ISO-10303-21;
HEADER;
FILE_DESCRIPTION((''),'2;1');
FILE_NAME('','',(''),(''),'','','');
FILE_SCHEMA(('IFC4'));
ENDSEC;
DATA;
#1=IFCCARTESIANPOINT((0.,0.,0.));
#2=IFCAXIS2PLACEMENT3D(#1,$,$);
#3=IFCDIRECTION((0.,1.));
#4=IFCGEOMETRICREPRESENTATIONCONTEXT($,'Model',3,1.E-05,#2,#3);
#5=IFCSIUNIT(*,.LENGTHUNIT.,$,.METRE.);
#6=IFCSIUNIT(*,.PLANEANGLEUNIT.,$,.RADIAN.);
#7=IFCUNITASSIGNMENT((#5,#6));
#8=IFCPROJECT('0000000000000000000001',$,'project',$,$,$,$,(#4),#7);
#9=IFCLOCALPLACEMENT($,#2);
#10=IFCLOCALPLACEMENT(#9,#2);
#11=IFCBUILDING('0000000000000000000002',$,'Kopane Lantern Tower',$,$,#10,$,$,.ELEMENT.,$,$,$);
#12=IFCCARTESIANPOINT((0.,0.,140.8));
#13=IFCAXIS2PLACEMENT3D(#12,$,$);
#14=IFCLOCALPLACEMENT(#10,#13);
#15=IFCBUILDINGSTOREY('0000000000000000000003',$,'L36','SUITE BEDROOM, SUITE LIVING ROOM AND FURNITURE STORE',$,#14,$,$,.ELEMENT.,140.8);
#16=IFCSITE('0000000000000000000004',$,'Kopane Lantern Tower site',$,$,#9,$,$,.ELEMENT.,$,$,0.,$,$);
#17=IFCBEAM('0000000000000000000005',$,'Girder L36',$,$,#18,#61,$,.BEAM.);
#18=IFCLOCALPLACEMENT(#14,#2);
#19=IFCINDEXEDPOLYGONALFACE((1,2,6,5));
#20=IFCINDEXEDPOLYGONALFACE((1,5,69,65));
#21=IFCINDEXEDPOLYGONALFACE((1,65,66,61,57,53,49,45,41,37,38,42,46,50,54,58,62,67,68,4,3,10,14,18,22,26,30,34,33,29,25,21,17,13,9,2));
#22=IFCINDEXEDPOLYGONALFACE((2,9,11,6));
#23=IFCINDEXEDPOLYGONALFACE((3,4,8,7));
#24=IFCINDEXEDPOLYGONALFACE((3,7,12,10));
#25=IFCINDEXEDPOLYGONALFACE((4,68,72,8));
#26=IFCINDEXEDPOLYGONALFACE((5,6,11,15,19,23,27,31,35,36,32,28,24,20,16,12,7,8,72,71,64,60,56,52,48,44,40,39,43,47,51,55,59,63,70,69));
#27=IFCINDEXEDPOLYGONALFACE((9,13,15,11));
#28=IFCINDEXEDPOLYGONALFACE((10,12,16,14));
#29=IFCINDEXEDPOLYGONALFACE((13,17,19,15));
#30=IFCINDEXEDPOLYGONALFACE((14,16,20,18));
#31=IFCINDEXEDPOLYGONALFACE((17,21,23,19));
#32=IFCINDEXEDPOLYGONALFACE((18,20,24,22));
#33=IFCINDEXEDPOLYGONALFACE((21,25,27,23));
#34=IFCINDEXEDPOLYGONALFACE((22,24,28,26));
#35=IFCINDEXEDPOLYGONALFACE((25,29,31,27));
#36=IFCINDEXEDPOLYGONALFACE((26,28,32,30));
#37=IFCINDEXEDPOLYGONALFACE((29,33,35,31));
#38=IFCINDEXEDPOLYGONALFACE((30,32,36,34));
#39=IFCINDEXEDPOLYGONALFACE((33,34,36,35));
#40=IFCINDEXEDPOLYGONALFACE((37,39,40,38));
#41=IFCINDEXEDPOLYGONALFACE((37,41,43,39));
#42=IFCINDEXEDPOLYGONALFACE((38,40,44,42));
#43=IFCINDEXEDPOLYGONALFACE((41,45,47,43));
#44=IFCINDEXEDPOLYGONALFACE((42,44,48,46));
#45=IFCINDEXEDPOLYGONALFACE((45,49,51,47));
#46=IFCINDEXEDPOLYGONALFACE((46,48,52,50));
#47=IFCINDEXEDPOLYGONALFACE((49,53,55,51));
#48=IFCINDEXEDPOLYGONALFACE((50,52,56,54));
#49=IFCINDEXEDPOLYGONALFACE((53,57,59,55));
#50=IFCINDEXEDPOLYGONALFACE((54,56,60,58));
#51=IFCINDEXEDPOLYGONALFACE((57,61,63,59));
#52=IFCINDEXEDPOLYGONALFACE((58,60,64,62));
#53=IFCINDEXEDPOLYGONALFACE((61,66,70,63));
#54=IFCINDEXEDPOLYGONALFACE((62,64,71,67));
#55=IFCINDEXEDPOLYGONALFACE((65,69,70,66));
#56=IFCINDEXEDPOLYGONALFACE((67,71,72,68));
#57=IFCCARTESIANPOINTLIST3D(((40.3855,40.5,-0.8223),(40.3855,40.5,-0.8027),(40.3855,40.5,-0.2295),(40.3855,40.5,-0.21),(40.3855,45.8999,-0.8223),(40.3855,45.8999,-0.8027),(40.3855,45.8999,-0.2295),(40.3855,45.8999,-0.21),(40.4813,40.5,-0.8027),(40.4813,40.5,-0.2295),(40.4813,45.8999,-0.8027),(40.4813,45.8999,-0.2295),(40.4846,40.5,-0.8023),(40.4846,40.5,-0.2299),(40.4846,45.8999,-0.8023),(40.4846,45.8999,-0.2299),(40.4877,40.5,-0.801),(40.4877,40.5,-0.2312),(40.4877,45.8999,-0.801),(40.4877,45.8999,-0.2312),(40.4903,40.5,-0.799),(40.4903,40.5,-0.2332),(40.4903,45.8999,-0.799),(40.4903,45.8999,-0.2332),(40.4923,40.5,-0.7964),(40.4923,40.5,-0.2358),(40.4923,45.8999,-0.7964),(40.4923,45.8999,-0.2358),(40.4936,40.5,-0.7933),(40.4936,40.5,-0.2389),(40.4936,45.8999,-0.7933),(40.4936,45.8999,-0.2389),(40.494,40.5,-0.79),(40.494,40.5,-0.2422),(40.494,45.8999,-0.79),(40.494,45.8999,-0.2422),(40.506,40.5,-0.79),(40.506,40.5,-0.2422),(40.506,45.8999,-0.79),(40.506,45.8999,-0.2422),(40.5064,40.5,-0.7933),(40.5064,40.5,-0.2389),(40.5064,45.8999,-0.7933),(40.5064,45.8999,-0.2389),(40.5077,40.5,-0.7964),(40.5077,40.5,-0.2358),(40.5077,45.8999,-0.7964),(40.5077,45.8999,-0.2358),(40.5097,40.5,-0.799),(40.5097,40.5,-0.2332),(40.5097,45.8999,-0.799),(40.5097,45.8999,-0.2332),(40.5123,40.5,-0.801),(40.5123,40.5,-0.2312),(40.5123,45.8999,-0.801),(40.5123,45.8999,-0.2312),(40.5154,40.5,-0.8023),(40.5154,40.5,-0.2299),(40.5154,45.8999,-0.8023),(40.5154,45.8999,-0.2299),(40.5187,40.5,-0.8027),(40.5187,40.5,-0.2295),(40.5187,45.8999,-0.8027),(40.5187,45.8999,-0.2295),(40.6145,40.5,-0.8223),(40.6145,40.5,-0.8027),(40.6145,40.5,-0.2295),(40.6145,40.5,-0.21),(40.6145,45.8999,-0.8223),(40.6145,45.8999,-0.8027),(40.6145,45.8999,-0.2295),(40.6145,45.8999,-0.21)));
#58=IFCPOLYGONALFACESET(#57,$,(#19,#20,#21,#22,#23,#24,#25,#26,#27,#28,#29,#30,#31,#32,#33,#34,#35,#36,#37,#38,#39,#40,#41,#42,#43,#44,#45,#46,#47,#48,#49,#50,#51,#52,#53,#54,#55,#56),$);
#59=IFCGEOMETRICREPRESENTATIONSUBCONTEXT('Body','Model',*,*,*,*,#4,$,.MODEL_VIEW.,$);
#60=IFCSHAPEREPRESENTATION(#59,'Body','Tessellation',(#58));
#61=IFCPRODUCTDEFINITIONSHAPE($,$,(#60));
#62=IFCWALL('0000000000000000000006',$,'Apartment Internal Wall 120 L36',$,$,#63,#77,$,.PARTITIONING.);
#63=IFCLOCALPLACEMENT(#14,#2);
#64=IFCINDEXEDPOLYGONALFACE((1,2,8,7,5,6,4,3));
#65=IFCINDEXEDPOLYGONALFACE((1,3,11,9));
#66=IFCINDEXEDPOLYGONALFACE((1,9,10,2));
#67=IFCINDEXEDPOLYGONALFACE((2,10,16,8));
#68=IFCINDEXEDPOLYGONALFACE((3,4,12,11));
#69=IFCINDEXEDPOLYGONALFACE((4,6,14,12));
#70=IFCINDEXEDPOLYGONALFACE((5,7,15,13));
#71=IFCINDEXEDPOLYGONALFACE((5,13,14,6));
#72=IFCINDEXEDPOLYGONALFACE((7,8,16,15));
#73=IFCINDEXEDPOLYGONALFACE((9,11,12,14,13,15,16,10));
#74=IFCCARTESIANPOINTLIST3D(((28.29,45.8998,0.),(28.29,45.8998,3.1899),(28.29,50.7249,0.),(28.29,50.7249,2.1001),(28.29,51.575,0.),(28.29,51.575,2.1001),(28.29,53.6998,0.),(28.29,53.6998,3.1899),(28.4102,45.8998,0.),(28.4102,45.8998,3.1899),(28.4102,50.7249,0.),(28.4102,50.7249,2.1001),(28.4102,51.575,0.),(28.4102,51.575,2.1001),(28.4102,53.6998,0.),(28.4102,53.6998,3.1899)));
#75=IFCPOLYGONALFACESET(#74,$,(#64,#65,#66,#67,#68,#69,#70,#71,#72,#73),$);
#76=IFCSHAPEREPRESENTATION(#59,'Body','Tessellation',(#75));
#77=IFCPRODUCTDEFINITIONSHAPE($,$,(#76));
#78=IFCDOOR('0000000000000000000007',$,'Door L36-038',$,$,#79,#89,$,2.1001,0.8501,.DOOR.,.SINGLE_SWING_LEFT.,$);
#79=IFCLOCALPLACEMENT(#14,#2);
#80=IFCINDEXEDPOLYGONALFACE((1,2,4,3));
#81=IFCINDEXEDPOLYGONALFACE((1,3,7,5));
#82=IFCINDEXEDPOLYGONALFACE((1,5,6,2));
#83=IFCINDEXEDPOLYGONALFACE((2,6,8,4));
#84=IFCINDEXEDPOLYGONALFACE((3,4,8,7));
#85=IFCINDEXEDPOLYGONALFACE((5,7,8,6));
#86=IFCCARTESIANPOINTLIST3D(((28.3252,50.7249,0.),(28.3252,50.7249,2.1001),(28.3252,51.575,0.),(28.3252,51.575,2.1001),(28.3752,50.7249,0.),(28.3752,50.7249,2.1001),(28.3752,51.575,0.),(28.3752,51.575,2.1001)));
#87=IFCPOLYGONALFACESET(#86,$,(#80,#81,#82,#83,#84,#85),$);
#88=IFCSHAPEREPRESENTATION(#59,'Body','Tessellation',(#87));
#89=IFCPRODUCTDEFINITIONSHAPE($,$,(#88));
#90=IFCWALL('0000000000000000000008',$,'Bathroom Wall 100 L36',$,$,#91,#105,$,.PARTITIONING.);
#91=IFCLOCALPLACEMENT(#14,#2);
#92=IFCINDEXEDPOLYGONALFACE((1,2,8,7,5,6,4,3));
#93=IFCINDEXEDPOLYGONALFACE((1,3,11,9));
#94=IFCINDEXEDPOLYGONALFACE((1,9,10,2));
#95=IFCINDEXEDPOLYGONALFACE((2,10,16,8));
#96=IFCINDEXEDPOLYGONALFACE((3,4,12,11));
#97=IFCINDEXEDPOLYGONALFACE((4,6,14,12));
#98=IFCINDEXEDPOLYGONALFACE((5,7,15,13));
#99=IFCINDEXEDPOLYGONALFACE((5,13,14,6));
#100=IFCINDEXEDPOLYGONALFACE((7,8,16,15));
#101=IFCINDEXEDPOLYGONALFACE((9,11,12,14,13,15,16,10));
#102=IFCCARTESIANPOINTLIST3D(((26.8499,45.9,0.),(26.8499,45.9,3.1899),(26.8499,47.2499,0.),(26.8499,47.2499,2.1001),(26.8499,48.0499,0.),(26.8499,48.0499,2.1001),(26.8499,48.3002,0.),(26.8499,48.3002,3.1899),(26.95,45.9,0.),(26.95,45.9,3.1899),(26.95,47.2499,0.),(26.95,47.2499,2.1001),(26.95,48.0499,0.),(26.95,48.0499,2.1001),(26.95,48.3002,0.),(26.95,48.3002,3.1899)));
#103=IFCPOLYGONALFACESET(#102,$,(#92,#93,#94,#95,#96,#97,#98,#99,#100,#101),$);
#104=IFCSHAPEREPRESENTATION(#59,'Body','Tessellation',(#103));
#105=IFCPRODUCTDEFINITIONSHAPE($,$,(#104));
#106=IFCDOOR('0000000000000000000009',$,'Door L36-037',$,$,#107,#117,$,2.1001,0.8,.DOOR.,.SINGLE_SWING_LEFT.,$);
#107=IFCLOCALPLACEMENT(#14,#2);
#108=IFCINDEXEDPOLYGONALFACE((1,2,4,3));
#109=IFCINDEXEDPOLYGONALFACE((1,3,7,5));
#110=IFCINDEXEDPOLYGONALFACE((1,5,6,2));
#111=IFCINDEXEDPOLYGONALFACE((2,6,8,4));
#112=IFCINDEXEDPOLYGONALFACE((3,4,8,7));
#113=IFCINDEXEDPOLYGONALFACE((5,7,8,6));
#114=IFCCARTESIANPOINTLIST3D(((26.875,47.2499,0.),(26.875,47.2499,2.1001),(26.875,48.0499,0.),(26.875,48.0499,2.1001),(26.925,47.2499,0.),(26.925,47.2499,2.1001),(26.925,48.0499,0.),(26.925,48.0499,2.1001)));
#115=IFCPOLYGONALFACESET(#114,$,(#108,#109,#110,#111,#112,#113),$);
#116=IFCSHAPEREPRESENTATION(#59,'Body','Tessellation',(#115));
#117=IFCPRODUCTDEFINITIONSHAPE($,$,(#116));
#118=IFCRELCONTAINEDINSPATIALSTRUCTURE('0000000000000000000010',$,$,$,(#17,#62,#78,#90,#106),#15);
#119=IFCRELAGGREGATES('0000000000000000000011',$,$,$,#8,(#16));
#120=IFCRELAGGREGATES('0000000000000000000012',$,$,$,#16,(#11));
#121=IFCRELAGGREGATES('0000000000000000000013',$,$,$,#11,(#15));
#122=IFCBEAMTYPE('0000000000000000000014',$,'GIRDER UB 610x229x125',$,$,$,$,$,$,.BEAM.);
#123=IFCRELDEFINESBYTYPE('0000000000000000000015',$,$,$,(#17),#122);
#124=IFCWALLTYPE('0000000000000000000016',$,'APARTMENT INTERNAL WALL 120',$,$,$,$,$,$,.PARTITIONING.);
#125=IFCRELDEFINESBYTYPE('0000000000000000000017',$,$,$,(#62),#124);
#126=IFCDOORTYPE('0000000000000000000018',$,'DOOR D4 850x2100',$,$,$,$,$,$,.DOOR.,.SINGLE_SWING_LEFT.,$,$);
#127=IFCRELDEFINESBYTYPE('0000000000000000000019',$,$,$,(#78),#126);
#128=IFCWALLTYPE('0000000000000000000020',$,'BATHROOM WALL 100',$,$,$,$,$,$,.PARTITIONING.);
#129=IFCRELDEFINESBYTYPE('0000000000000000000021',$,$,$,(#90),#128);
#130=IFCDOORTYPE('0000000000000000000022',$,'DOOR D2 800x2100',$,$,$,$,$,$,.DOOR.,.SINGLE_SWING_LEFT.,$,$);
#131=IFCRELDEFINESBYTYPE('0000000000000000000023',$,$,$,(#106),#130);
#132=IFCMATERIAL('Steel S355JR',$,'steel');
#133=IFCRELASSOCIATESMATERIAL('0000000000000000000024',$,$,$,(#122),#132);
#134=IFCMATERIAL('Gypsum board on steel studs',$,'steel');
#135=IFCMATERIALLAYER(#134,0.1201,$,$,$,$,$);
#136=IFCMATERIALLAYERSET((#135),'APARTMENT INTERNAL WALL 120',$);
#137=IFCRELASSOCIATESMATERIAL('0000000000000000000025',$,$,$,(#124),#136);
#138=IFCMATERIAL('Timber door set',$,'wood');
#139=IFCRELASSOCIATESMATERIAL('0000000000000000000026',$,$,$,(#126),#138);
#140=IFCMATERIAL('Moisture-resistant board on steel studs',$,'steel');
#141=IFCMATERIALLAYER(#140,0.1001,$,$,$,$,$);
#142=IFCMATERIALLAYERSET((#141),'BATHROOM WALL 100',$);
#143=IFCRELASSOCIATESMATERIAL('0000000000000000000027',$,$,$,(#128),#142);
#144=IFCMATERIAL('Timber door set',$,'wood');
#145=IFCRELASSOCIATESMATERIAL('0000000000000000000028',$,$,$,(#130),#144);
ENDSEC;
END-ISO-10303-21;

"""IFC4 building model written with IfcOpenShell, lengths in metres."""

from ifc_helpers import new_model, si_unit, direction, frame, frame_2d, origin, origin_2d, place, context, subcontext, project, spatial, rectangle, i_section, extrude, material, layer, layer_set, material_profile, profile_set, type_object, element, fill, save


model = new_model("IFC4")

# Units and contexts
model_context = context("Model", 3, precision=1e-05, world=origin(), true_north=direction((0.0, 1.0)))
body_context = subcontext(model_context, "Body", "Model", "MODEL_VIEW")
ifc_project = project(units=[si_unit("LENGTHUNIT", "METRE"), si_unit("PLANEANGLEUNIT", "RADIAN")], contexts=[model_context])

# Site, building, storey
site_placement = place(None, origin())
site = spatial("IfcSite", under=ifc_project, at=site_placement, Name="Kopane Lantern Tower site", CompositionType="ELEMENT", RefElevation=0.0)
building_placement = place(site_placement, origin())
building = spatial("IfcBuilding", under=site, at=building_placement, Name="Kopane Lantern Tower", CompositionType="ELEMENT")
storey_placement = place(building_placement, frame((0.0, 0.0, 140.8)))
storey = spatial("IfcBuildingStorey", under=building, at=storey_placement, Name="L36", Description="SUITE BEDROOM, SUITE LIVING ROOM AND FURNITURE STORE", CompositionType="ELEMENT", Elevation=140.8)

# Beam
ifc_material_1 = material(Name="Steel S355JR", Category="steel")
ifc_material_profile_1 = material_profile(ifc_material_1, i_section(OverallWidth=0.229, OverallDepth=0.6123, WebThickness=0.012, FlangeThickness=0.0195, FilletRadius=0.0127, at=origin_2d()), Name="UB 610x229x125")
ifc_profile_set_1 = profile_set([ifc_material_profile_1], Name="Steel S355JR")
beam_type = type_object("IfcBeamType", Name="GIRDER UB 610x229x125", PredefinedType="BEAM", material=ifc_profile_set_1)
beam_1_placement = place(storey_placement, frame((40.5, 40.5, -0.5161), z_axis=(0.0, 1.0, 0.0), x_axis=(-1.0, 0.0, 0.0)))
element("IfcBeam", 1, at=beam_1_placement, inside=storey, type_object=beam_type, Name="Girder L36", PredefinedType="BEAM", context=body_context, shape_type="SweptSolid", body=[
    extrude(i_section(OverallWidth=0.229, OverallDepth=0.6123, WebThickness=0.012, FlangeThickness=0.0195, FilletRadius=0.0127, at=origin_2d()), origin(), (0.0, 0.0, 1.0), 5.3999),
])

# Walls, openings, doors
ifc_material_2 = material(Name="Gypsum board on steel studs", Category="steel")
ifc_layer_1 = layer(ifc_material_2, 0.1201)
ifc_layer_set_1 = layer_set([ifc_layer_1], Name="APARTMENT INTERNAL WALL 120")
wall_type_1 = type_object("IfcWallType", Name="APARTMENT INTERNAL WALL 120", PredefinedType="PARTITIONING", material=ifc_layer_set_1)
wall_1_placement = place(storey_placement, frame((28.3501, 45.8999, 0.0), z_axis=(0.0, 0.0, 1.0), x_axis=(0.0, 1.0, 0.0)))
wall_1 = element("IfcWall", 2, at=wall_1_placement, inside=storey, type_object=wall_type_1, Name="Apartment Internal Wall 120 L36", PredefinedType="PARTITIONING", context=body_context, shape_type="SweptSolid", body=[
    extrude(rectangle(XDim=7.8, YDim=0.1201, at=frame_2d((3.8999, 0.0))), origin(), (0.0, 0.0, 1.0), 3.1899),
])
opening_1_placement = place(wall_1_placement, frame((4.825, 0.0, 0.0)))
opening_1 = element("IfcOpeningElement", 3, at=opening_1_placement, cuts=wall_1, PredefinedType="OPENING", context=body_context, shape_type="SweptSolid", body=[
    extrude(rectangle(XDim=0.8501, YDim=2.1001, at=frame_2d((0.425, 1.05))), frame((0.0, 0.0701, 0.0), z_axis=(0.0, -1.0, 0.0), x_axis=(1.0, 0.0, 0.0)), (0.0, 0.0, 1.0), 0.1401),
])
ifc_material_3 = material(Name="Timber door set", Category="wood")
door_type_1 = type_object("IfcDoorType", Name="DOOR D4 850x2100", OperationType="SINGLE_SWING_LEFT", PredefinedType="DOOR", material=ifc_material_3)
door_1_placement = place(opening_1_placement, origin())
door_1 = element("IfcDoor", 4, at=door_1_placement, inside=storey, type_object=door_type_1, Name="Door L36-038", OperationType="SINGLE_SWING_LEFT", OverallHeight=2.1001, OverallWidth=0.8501, PredefinedType="DOOR", context=body_context, shape_type="SweptSolid", body=[
    extrude(rectangle(XDim=0.8501, YDim=2.1001, at=frame_2d((0.425, 1.05))), frame((0.0, 0.0249, 0.0), z_axis=(0.0, -1.0, 0.0), x_axis=(1.0, 0.0, 0.0)), (0.0, 0.0, 1.0), 0.05),
])
fill(opening_1, door_1)
ifc_material_4 = material(Name="Moisture-resistant board on steel studs", Category="steel")
ifc_layer_2 = layer(ifc_material_4, 0.1001)
ifc_layer_set_2 = layer_set([ifc_layer_2], Name="BATHROOM WALL 100")
wall_type_2 = type_object("IfcWallType", Name="BATHROOM WALL 100", PredefinedType="PARTITIONING", material=ifc_layer_set_2)
wall_2_placement = place(storey_placement, frame((26.8999, 45.8999, 0.0), z_axis=(0.0, 0.0, 1.0), x_axis=(0.0, 1.0, 0.0)))
wall_2 = element("IfcWall", 5, at=wall_2_placement, inside=storey, type_object=wall_type_2, Name="Bathroom Wall 100 L36", PredefinedType="PARTITIONING", context=body_context, shape_type="SweptSolid", body=[
    extrude(rectangle(XDim=2.4001, YDim=0.1001, at=frame_2d((1.2002, 0.0))), origin(), (0.0, 0.0, 1.0), 3.1899),
])
opening_2_placement = place(wall_2_placement, frame((1.3501, 0.0, 0.0)))
opening_2 = element("IfcOpeningElement", 6, at=opening_2_placement, cuts=wall_2, PredefinedType="OPENING", context=body_context, shape_type="SweptSolid", body=[
    extrude(rectangle(XDim=0.8, YDim=2.1001, at=frame_2d((0.3999, 1.05))), frame((0.0, 0.0601, 0.0), z_axis=(0.0, -1.0, 0.0), x_axis=(1.0, 0.0, 0.0)), (0.0, 0.0, 1.0), 0.1201),
])
ifc_material_5 = material(Name="Timber door set", Category="wood")
door_type_2 = type_object("IfcDoorType", Name="DOOR D2 800x2100", OperationType="SINGLE_SWING_LEFT", PredefinedType="DOOR", material=ifc_material_5)
door_2_placement = place(opening_2_placement, origin())
door_2 = element("IfcDoor", 7, at=door_2_placement, inside=storey, type_object=door_type_2, Name="Door L36-037", OperationType="SINGLE_SWING_LEFT", OverallHeight=2.1001, OverallWidth=0.8, PredefinedType="DOOR", context=body_context, shape_type="SweptSolid", body=[
    extrude(rectangle(XDim=0.8, YDim=2.1001, at=frame_2d((0.3999, 1.05))), frame((0.0, 0.0249, 0.0), z_axis=(0.0, -1.0, 0.0), x_axis=(1.0, 0.0, 0.0)), (0.0, 0.0, 1.0), 0.05),
])
fill(opening_2, door_2)

save(model, "model.ifc")
